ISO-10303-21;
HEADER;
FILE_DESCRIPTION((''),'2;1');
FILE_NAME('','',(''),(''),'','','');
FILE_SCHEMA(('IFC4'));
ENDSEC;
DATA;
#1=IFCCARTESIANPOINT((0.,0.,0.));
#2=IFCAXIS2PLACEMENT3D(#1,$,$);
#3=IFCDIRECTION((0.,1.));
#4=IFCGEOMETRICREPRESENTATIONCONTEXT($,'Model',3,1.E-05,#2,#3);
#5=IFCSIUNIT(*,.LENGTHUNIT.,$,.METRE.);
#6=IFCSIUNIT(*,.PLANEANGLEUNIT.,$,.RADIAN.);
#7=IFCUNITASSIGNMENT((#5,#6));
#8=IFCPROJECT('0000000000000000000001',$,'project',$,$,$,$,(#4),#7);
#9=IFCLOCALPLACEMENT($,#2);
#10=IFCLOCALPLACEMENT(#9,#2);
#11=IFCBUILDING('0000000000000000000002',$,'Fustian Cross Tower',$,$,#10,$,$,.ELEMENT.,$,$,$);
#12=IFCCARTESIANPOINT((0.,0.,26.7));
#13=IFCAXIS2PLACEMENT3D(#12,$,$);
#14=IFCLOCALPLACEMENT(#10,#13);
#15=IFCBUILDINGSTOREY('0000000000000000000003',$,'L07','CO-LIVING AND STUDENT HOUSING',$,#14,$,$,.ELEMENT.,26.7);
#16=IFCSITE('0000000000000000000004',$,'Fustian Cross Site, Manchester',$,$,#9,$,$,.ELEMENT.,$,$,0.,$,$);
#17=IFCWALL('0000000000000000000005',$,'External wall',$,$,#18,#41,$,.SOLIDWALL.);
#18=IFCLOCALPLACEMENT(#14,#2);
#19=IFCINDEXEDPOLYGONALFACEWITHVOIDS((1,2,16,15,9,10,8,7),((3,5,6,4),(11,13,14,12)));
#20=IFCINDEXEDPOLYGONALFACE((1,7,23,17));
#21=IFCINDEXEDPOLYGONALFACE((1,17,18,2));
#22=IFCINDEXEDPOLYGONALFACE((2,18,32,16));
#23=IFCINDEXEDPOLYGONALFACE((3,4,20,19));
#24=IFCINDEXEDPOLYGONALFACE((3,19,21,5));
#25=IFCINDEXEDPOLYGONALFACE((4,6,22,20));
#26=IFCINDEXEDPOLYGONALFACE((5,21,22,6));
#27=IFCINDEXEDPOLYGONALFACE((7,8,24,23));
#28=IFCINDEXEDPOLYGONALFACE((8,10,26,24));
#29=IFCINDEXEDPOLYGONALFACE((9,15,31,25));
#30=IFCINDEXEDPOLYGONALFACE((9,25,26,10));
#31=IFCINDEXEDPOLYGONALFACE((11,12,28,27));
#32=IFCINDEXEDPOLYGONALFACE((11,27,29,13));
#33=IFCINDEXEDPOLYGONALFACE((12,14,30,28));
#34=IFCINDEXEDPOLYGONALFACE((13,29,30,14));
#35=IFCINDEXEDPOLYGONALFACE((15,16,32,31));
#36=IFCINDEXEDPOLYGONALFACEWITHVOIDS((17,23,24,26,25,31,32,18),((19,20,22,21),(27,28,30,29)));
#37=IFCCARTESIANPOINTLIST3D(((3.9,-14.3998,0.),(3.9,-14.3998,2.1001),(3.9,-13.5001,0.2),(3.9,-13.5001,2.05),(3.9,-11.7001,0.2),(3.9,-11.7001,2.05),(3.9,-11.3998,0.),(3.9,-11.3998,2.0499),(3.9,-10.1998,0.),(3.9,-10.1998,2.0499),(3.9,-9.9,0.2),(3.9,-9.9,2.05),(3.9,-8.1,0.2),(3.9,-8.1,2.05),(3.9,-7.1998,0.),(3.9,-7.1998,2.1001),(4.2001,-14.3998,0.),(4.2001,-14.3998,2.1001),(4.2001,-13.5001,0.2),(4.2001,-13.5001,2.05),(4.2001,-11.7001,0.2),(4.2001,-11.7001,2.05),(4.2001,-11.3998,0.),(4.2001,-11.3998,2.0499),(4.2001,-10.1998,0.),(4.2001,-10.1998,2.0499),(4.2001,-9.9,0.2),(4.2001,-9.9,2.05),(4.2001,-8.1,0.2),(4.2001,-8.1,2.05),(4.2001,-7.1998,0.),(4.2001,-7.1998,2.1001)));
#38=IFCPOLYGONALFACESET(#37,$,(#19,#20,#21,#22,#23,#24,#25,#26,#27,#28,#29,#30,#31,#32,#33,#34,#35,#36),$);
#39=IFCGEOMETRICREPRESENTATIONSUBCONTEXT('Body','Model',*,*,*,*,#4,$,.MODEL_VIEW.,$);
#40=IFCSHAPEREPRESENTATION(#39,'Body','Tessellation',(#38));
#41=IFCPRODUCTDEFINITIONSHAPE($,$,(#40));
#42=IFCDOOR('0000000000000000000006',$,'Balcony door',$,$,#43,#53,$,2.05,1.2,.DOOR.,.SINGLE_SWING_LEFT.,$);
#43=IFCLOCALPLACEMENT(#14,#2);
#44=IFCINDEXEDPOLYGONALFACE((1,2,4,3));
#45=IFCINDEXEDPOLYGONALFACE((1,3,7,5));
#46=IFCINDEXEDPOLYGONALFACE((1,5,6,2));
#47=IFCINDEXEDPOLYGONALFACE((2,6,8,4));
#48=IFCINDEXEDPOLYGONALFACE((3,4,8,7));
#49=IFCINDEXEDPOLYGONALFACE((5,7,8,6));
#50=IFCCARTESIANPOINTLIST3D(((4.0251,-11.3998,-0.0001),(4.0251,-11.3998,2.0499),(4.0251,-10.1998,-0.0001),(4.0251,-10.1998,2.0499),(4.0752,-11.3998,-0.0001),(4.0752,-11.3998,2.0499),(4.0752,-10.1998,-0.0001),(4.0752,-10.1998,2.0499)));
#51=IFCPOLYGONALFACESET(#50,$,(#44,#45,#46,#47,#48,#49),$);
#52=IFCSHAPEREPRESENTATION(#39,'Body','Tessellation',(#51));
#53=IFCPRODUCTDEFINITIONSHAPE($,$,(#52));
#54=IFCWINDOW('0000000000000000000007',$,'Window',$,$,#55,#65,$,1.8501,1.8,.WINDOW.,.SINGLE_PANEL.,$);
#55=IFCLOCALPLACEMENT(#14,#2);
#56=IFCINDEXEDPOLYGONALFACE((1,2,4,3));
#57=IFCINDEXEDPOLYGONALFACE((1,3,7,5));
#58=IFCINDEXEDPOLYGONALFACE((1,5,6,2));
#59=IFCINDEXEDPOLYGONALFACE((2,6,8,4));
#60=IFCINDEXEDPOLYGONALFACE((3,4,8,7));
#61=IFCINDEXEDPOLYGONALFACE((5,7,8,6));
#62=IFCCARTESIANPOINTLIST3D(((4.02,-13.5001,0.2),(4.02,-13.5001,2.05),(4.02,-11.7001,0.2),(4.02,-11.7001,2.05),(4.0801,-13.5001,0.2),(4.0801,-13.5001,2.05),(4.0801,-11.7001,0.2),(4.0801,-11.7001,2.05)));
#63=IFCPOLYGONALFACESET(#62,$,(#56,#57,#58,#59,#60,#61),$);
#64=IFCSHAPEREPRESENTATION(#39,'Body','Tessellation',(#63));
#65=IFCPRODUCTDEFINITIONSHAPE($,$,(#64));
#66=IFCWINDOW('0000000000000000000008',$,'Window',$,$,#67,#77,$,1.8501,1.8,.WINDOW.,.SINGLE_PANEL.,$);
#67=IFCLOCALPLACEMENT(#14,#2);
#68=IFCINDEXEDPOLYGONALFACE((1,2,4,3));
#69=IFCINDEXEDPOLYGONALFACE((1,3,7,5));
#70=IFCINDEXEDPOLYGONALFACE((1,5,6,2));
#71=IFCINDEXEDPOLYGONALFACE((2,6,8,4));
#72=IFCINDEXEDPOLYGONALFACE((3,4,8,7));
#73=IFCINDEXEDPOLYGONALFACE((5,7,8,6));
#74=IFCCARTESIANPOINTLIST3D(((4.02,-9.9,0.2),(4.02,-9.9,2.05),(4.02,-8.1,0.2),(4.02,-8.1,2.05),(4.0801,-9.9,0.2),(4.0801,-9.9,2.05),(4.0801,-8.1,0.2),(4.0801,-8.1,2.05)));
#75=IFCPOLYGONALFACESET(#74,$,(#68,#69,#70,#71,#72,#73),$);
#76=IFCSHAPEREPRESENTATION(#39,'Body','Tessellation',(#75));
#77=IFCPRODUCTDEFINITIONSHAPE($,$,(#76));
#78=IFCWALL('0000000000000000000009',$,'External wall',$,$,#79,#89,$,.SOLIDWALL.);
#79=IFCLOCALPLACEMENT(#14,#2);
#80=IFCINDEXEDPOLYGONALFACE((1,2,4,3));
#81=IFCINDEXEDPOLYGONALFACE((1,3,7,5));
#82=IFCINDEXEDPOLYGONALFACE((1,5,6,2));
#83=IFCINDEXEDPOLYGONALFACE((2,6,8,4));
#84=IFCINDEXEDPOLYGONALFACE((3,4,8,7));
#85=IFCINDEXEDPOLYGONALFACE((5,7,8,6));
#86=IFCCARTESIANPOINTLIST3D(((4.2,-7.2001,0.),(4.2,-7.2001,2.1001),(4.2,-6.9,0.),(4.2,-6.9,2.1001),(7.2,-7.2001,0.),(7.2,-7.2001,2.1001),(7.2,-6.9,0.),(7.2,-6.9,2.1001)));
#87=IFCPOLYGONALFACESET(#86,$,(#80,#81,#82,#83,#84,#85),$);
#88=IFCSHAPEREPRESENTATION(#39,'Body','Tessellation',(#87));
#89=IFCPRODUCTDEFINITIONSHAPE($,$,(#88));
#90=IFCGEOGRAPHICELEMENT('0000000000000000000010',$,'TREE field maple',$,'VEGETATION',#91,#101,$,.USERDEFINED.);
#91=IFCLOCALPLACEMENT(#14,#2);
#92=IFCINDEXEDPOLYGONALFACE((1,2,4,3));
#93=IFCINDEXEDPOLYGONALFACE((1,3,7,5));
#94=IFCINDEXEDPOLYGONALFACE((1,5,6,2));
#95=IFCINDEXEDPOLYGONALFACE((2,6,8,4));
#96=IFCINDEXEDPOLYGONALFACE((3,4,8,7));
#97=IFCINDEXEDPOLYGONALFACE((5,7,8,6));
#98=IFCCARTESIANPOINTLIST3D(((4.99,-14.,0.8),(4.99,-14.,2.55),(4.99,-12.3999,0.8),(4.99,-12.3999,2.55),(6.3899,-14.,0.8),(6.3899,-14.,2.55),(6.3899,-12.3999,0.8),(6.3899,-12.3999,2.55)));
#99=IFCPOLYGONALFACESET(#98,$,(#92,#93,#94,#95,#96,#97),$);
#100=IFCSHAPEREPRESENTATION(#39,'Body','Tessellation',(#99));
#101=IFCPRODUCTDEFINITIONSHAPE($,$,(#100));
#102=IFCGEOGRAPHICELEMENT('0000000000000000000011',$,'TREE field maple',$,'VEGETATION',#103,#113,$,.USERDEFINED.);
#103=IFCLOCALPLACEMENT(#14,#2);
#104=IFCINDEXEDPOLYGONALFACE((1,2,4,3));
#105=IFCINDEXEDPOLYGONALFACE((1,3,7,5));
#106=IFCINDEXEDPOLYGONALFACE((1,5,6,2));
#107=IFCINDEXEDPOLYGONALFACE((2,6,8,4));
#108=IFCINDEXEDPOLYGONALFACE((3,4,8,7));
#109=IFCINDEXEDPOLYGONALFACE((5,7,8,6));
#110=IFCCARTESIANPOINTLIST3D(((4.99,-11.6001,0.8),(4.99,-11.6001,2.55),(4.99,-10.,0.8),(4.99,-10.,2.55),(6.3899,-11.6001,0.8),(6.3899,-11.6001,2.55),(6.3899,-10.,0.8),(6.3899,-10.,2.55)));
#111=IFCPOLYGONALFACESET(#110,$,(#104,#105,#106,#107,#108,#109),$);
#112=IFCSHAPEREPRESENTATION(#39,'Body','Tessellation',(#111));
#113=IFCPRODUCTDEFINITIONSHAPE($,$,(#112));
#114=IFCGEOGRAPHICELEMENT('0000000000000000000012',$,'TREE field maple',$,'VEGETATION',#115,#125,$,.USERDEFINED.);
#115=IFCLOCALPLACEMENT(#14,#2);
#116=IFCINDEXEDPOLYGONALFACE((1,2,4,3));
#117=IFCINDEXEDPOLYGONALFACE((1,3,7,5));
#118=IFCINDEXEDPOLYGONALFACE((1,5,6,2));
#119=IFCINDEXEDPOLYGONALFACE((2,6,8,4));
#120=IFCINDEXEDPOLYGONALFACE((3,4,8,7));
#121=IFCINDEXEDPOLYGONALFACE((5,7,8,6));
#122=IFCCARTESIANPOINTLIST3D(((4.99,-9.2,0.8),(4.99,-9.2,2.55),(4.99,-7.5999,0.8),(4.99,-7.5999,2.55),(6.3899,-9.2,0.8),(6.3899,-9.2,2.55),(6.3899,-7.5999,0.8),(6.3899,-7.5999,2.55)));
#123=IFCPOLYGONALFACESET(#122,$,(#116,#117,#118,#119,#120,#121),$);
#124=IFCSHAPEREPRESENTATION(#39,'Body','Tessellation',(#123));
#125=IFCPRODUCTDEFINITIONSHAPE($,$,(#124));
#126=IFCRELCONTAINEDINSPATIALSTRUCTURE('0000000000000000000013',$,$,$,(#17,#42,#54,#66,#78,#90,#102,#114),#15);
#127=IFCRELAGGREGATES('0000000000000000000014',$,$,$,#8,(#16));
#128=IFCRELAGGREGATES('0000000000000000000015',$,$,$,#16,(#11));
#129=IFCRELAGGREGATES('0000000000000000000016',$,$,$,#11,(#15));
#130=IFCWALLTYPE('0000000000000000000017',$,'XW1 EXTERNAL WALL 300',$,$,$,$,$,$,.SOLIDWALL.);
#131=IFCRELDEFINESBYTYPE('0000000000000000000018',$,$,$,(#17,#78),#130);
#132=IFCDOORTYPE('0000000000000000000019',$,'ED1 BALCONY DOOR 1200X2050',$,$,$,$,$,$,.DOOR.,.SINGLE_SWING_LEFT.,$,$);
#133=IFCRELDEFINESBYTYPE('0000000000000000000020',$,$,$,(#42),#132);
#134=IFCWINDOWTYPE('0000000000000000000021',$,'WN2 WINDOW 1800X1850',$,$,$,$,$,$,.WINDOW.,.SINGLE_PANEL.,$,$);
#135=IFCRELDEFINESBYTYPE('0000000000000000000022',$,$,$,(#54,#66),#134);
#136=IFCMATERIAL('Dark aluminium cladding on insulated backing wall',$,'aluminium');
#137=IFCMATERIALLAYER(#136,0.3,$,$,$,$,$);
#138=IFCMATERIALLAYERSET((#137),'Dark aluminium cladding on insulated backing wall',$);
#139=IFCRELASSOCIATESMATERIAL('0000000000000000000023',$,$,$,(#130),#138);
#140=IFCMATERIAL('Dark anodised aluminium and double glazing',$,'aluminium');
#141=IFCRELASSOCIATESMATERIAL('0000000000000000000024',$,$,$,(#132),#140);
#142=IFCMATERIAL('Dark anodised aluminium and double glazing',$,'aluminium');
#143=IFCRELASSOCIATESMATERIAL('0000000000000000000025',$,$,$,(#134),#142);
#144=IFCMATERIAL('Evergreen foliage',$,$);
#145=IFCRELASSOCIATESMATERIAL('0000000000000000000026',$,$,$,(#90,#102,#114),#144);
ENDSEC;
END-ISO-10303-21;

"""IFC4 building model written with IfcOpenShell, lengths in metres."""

from ifc_helpers import new_model, si_unit, direction, frame, frame_2d, origin, origin_2d, place, context, subcontext, project, spatial, rectangle, extrude, material, layer, layer_set, type_object, element, fill, save


model = new_model("IFC4")

# Units and contexts
model_context = context("Model", 3, precision=1e-05, world=origin(), true_north=direction((0.0, 1.0)))
body_context = subcontext(model_context, "Body", "Model", "MODEL_VIEW")
ifc_project = project(units=[si_unit("LENGTHUNIT", "METRE"), si_unit("PLANEANGLEUNIT", "RADIAN")], contexts=[model_context])

# Site, building, storey
site_placement = place(None, origin())
site = spatial("IfcSite", under=ifc_project, at=site_placement, Name="Fustian Cross Site, Manchester", CompositionType="ELEMENT", RefElevation=0.0)
building_placement = place(site_placement, origin())
building = spatial("IfcBuilding", under=site, at=building_placement, Name="Fustian Cross Tower", CompositionType="ELEMENT")
storey_placement = place(building_placement, frame((0.0, 0.0, 26.7)))
storey = spatial("IfcBuildingStorey", under=building, at=storey_placement, Name="L07", Description="CO-LIVING AND STUDENT HOUSING", CompositionType="ELEMENT", Elevation=26.7)

# Shared definitions
ifc_material_1 = material(Name="Dark aluminium cladding on insulated backing wall", Category="aluminium")
ifc_layer_1 = layer(ifc_material_1, 0.3)
ifc_layer_set_1 = layer_set([ifc_layer_1], Name="Dark aluminium cladding on insulated backing wall")
wall_type_1 = type_object("IfcWallType", Name="XW1 EXTERNAL WALL 300", PredefinedType="SOLIDWALL", material=ifc_layer_set_1)

# Wall, openings, door, windows
wall_1_placement = place(storey_placement, frame((4.05, -14.3999, 0.0), z_axis=(0.0, 0.0, 1.0), x_axis=(0.0, 1.0, 0.0)))
wall_1 = element("IfcWall", 1, at=wall_1_placement, inside=storey, type_object=wall_type_1, Name="External wall", PredefinedType="SOLIDWALL", context=body_context, shape_type="SweptSolid", body=[
    extrude(rectangle(XDim=7.2, YDim=0.3, at=frame_2d((3.6001, 0.0))), origin(), (0.0, 0.0, 1.0), 2.1001),
])
opening_1_placement = place(wall_1_placement, frame((3.0, 0.0, 0.0)))
opening_1 = element("IfcOpeningElement", 2, at=opening_1_placement, cuts=wall_1, PredefinedType="OPENING", context=body_context, shape_type="SweptSolid", body=[
    extrude(rectangle(XDim=1.2, YDim=2.05, at=frame_2d((0.6001, 1.0249))), frame((0.0, 0.1599, 0.0), z_axis=(0.0, -1.0, 0.0), x_axis=(1.0, 0.0, 0.0)), (0.0, 0.0, 1.0), 0.3201),
])
opening_2_placement = place(wall_1_placement, frame((0.8999, 0.0, 0.2)))
opening_2 = element("IfcOpeningElement", 3, at=opening_2_placement, cuts=wall_1, PredefinedType="OPENING", context=body_context, shape_type="SweptSolid", body=[
    extrude(rectangle(XDim=1.8, YDim=1.8501, at=frame_2d((0.8999, 0.925))), frame((0.0, 0.1599, 0.0), z_axis=(0.0, -1.0, 0.0), x_axis=(1.0, 0.0, 0.0)), (0.0, 0.0, 1.0), 0.3201),
])
opening_3_placement = place(wall_1_placement, frame((4.5, 0.0, 0.2)))
opening_3 = element("IfcOpeningElement", 4, at=opening_3_placement, cuts=wall_1, PredefinedType="OPENING", context=body_context, shape_type="SweptSolid", body=[
    extrude(rectangle(XDim=1.8, YDim=1.8501, at=frame_2d((0.8999, 0.925))), frame((0.0, 0.1599, 0.0), z_axis=(0.0, -1.0, 0.0), x_axis=(1.0, 0.0, 0.0)), (0.0, 0.0, 1.0), 0.3201),
])
ifc_material_2 = material(Name="Dark anodised aluminium and double glazing", Category="aluminium")
door_type_1 = type_object("IfcDoorType", Name="ED1 BALCONY DOOR 1200X2050", OperationType="SINGLE_SWING_LEFT", PredefinedType="DOOR", material=ifc_material_2)
door_1_placement = place(opening_1_placement, origin())
door_1 = element("IfcDoor", 5, at=door_1_placement, inside=storey, type_object=door_type_1, Name="Balcony door", OperationType="SINGLE_SWING_LEFT", OverallHeight=2.05, OverallWidth=1.2, PredefinedType="DOOR", context=body_context, shape_type="SweptSolid", body=[
    extrude(rectangle(XDim=1.2, YDim=2.05, at=frame_2d((0.6001, 1.0249))), frame((0.0, 0.0249, 0.0), z_axis=(0.0, -1.0, 0.0), x_axis=(1.0, 0.0, 0.0)), (0.0, 0.0, 1.0), 0.05),
])
fill(opening_1, door_1)
ifc_material_3 = material(Name="Dark anodised aluminium and double glazing", Category="aluminium")
window_type = type_object("IfcWindowType", Name="WN2 WINDOW 1800X1850", PartitioningType="SINGLE_PANEL", PredefinedType="WINDOW", material=ifc_material_3)
window_1_placement = place(opening_2_placement, origin())
window_1 = element("IfcWindow", 6, at=window_1_placement, inside=storey, type_object=window_type, Name="Window", OverallHeight=1.8501, OverallWidth=1.8, PartitioningType="SINGLE_PANEL", PredefinedType="WINDOW", context=body_context, shape_type="SweptSolid", body=[
    extrude(rectangle(XDim=1.8, YDim=1.8501, at=frame_2d((0.8999, 0.925))), frame((0.0, 0.03, 0.0), z_axis=(0.0, -1.0, 0.0), x_axis=(1.0, 0.0, 0.0)), (0.0, 0.0, 1.0), 0.0601),
])
fill(opening_2, window_1)
window_2_placement = place(opening_3_placement, origin())
window_2 = element("IfcWindow", 7, at=window_2_placement, inside=storey, type_object=window_type, Name="Window", OverallHeight=1.8501, OverallWidth=1.8, PartitioningType="SINGLE_PANEL", PredefinedType="WINDOW", context=body_context, shape_type="SweptSolid", body=[
    extrude(rectangle(XDim=1.8, YDim=1.8501, at=frame_2d((0.8999, 0.925))), frame((0.0, 0.03, 0.0), z_axis=(0.0, -1.0, 0.0), x_axis=(1.0, 0.0, 0.0)), (0.0, 0.0, 1.0), 0.0601),
])
fill(opening_3, window_2)

# Wall
wall_2_placement = place(storey_placement, frame((4.2, -7.05, 0.0), z_axis=(0.0, 0.0, 1.0), x_axis=(1.0, 0.0, 0.0)))
element("IfcWall", 8, at=wall_2_placement, inside=storey, type_object=wall_type_1, Name="External wall", PredefinedType="SOLIDWALL", context=body_context, shape_type="SweptSolid", body=[
    extrude(rectangle(XDim=3.0, YDim=0.3, at=frame_2d((1.5, 0.0))), origin(), (0.0, 0.0, 1.0), 2.1001),
])

# Geographic elements
ifc_material_4 = material(Name="Evergreen foliage")
for number, where, z_axis, x_axis, name in (
    (9, (5.6899, -13.2, 0.8), (0.0, 0.0, 1.0), (1.0, 0.0, 0.0), "TREE field maple"),
    (10, (5.6899, -10.8, 0.8), (0.0, 0.0, 1.0), (1.0, 0.0, 0.0), "TREE field maple"),
    (11, (5.6899, -8.3999, 0.8), (0.0, 0.0, 1.0), (1.0, 0.0, 0.0), "TREE field maple"),
):
    element("IfcGeographicElement", number, at=place(storey_placement, frame(where, z_axis=z_axis, x_axis=x_axis)), inside=storey, material=ifc_material_4, Name=name, ObjectType="VEGETATION", PredefinedType="USERDEFINED", context=body_context, shape_type="SweptSolid", body=[
        extrude(rectangle(XDim=1.3999, YDim=1.6001, at=origin_2d()), origin(), (0.0, 0.0, 1.0), 1.75),
    ])

save(model, "model.ifc")
